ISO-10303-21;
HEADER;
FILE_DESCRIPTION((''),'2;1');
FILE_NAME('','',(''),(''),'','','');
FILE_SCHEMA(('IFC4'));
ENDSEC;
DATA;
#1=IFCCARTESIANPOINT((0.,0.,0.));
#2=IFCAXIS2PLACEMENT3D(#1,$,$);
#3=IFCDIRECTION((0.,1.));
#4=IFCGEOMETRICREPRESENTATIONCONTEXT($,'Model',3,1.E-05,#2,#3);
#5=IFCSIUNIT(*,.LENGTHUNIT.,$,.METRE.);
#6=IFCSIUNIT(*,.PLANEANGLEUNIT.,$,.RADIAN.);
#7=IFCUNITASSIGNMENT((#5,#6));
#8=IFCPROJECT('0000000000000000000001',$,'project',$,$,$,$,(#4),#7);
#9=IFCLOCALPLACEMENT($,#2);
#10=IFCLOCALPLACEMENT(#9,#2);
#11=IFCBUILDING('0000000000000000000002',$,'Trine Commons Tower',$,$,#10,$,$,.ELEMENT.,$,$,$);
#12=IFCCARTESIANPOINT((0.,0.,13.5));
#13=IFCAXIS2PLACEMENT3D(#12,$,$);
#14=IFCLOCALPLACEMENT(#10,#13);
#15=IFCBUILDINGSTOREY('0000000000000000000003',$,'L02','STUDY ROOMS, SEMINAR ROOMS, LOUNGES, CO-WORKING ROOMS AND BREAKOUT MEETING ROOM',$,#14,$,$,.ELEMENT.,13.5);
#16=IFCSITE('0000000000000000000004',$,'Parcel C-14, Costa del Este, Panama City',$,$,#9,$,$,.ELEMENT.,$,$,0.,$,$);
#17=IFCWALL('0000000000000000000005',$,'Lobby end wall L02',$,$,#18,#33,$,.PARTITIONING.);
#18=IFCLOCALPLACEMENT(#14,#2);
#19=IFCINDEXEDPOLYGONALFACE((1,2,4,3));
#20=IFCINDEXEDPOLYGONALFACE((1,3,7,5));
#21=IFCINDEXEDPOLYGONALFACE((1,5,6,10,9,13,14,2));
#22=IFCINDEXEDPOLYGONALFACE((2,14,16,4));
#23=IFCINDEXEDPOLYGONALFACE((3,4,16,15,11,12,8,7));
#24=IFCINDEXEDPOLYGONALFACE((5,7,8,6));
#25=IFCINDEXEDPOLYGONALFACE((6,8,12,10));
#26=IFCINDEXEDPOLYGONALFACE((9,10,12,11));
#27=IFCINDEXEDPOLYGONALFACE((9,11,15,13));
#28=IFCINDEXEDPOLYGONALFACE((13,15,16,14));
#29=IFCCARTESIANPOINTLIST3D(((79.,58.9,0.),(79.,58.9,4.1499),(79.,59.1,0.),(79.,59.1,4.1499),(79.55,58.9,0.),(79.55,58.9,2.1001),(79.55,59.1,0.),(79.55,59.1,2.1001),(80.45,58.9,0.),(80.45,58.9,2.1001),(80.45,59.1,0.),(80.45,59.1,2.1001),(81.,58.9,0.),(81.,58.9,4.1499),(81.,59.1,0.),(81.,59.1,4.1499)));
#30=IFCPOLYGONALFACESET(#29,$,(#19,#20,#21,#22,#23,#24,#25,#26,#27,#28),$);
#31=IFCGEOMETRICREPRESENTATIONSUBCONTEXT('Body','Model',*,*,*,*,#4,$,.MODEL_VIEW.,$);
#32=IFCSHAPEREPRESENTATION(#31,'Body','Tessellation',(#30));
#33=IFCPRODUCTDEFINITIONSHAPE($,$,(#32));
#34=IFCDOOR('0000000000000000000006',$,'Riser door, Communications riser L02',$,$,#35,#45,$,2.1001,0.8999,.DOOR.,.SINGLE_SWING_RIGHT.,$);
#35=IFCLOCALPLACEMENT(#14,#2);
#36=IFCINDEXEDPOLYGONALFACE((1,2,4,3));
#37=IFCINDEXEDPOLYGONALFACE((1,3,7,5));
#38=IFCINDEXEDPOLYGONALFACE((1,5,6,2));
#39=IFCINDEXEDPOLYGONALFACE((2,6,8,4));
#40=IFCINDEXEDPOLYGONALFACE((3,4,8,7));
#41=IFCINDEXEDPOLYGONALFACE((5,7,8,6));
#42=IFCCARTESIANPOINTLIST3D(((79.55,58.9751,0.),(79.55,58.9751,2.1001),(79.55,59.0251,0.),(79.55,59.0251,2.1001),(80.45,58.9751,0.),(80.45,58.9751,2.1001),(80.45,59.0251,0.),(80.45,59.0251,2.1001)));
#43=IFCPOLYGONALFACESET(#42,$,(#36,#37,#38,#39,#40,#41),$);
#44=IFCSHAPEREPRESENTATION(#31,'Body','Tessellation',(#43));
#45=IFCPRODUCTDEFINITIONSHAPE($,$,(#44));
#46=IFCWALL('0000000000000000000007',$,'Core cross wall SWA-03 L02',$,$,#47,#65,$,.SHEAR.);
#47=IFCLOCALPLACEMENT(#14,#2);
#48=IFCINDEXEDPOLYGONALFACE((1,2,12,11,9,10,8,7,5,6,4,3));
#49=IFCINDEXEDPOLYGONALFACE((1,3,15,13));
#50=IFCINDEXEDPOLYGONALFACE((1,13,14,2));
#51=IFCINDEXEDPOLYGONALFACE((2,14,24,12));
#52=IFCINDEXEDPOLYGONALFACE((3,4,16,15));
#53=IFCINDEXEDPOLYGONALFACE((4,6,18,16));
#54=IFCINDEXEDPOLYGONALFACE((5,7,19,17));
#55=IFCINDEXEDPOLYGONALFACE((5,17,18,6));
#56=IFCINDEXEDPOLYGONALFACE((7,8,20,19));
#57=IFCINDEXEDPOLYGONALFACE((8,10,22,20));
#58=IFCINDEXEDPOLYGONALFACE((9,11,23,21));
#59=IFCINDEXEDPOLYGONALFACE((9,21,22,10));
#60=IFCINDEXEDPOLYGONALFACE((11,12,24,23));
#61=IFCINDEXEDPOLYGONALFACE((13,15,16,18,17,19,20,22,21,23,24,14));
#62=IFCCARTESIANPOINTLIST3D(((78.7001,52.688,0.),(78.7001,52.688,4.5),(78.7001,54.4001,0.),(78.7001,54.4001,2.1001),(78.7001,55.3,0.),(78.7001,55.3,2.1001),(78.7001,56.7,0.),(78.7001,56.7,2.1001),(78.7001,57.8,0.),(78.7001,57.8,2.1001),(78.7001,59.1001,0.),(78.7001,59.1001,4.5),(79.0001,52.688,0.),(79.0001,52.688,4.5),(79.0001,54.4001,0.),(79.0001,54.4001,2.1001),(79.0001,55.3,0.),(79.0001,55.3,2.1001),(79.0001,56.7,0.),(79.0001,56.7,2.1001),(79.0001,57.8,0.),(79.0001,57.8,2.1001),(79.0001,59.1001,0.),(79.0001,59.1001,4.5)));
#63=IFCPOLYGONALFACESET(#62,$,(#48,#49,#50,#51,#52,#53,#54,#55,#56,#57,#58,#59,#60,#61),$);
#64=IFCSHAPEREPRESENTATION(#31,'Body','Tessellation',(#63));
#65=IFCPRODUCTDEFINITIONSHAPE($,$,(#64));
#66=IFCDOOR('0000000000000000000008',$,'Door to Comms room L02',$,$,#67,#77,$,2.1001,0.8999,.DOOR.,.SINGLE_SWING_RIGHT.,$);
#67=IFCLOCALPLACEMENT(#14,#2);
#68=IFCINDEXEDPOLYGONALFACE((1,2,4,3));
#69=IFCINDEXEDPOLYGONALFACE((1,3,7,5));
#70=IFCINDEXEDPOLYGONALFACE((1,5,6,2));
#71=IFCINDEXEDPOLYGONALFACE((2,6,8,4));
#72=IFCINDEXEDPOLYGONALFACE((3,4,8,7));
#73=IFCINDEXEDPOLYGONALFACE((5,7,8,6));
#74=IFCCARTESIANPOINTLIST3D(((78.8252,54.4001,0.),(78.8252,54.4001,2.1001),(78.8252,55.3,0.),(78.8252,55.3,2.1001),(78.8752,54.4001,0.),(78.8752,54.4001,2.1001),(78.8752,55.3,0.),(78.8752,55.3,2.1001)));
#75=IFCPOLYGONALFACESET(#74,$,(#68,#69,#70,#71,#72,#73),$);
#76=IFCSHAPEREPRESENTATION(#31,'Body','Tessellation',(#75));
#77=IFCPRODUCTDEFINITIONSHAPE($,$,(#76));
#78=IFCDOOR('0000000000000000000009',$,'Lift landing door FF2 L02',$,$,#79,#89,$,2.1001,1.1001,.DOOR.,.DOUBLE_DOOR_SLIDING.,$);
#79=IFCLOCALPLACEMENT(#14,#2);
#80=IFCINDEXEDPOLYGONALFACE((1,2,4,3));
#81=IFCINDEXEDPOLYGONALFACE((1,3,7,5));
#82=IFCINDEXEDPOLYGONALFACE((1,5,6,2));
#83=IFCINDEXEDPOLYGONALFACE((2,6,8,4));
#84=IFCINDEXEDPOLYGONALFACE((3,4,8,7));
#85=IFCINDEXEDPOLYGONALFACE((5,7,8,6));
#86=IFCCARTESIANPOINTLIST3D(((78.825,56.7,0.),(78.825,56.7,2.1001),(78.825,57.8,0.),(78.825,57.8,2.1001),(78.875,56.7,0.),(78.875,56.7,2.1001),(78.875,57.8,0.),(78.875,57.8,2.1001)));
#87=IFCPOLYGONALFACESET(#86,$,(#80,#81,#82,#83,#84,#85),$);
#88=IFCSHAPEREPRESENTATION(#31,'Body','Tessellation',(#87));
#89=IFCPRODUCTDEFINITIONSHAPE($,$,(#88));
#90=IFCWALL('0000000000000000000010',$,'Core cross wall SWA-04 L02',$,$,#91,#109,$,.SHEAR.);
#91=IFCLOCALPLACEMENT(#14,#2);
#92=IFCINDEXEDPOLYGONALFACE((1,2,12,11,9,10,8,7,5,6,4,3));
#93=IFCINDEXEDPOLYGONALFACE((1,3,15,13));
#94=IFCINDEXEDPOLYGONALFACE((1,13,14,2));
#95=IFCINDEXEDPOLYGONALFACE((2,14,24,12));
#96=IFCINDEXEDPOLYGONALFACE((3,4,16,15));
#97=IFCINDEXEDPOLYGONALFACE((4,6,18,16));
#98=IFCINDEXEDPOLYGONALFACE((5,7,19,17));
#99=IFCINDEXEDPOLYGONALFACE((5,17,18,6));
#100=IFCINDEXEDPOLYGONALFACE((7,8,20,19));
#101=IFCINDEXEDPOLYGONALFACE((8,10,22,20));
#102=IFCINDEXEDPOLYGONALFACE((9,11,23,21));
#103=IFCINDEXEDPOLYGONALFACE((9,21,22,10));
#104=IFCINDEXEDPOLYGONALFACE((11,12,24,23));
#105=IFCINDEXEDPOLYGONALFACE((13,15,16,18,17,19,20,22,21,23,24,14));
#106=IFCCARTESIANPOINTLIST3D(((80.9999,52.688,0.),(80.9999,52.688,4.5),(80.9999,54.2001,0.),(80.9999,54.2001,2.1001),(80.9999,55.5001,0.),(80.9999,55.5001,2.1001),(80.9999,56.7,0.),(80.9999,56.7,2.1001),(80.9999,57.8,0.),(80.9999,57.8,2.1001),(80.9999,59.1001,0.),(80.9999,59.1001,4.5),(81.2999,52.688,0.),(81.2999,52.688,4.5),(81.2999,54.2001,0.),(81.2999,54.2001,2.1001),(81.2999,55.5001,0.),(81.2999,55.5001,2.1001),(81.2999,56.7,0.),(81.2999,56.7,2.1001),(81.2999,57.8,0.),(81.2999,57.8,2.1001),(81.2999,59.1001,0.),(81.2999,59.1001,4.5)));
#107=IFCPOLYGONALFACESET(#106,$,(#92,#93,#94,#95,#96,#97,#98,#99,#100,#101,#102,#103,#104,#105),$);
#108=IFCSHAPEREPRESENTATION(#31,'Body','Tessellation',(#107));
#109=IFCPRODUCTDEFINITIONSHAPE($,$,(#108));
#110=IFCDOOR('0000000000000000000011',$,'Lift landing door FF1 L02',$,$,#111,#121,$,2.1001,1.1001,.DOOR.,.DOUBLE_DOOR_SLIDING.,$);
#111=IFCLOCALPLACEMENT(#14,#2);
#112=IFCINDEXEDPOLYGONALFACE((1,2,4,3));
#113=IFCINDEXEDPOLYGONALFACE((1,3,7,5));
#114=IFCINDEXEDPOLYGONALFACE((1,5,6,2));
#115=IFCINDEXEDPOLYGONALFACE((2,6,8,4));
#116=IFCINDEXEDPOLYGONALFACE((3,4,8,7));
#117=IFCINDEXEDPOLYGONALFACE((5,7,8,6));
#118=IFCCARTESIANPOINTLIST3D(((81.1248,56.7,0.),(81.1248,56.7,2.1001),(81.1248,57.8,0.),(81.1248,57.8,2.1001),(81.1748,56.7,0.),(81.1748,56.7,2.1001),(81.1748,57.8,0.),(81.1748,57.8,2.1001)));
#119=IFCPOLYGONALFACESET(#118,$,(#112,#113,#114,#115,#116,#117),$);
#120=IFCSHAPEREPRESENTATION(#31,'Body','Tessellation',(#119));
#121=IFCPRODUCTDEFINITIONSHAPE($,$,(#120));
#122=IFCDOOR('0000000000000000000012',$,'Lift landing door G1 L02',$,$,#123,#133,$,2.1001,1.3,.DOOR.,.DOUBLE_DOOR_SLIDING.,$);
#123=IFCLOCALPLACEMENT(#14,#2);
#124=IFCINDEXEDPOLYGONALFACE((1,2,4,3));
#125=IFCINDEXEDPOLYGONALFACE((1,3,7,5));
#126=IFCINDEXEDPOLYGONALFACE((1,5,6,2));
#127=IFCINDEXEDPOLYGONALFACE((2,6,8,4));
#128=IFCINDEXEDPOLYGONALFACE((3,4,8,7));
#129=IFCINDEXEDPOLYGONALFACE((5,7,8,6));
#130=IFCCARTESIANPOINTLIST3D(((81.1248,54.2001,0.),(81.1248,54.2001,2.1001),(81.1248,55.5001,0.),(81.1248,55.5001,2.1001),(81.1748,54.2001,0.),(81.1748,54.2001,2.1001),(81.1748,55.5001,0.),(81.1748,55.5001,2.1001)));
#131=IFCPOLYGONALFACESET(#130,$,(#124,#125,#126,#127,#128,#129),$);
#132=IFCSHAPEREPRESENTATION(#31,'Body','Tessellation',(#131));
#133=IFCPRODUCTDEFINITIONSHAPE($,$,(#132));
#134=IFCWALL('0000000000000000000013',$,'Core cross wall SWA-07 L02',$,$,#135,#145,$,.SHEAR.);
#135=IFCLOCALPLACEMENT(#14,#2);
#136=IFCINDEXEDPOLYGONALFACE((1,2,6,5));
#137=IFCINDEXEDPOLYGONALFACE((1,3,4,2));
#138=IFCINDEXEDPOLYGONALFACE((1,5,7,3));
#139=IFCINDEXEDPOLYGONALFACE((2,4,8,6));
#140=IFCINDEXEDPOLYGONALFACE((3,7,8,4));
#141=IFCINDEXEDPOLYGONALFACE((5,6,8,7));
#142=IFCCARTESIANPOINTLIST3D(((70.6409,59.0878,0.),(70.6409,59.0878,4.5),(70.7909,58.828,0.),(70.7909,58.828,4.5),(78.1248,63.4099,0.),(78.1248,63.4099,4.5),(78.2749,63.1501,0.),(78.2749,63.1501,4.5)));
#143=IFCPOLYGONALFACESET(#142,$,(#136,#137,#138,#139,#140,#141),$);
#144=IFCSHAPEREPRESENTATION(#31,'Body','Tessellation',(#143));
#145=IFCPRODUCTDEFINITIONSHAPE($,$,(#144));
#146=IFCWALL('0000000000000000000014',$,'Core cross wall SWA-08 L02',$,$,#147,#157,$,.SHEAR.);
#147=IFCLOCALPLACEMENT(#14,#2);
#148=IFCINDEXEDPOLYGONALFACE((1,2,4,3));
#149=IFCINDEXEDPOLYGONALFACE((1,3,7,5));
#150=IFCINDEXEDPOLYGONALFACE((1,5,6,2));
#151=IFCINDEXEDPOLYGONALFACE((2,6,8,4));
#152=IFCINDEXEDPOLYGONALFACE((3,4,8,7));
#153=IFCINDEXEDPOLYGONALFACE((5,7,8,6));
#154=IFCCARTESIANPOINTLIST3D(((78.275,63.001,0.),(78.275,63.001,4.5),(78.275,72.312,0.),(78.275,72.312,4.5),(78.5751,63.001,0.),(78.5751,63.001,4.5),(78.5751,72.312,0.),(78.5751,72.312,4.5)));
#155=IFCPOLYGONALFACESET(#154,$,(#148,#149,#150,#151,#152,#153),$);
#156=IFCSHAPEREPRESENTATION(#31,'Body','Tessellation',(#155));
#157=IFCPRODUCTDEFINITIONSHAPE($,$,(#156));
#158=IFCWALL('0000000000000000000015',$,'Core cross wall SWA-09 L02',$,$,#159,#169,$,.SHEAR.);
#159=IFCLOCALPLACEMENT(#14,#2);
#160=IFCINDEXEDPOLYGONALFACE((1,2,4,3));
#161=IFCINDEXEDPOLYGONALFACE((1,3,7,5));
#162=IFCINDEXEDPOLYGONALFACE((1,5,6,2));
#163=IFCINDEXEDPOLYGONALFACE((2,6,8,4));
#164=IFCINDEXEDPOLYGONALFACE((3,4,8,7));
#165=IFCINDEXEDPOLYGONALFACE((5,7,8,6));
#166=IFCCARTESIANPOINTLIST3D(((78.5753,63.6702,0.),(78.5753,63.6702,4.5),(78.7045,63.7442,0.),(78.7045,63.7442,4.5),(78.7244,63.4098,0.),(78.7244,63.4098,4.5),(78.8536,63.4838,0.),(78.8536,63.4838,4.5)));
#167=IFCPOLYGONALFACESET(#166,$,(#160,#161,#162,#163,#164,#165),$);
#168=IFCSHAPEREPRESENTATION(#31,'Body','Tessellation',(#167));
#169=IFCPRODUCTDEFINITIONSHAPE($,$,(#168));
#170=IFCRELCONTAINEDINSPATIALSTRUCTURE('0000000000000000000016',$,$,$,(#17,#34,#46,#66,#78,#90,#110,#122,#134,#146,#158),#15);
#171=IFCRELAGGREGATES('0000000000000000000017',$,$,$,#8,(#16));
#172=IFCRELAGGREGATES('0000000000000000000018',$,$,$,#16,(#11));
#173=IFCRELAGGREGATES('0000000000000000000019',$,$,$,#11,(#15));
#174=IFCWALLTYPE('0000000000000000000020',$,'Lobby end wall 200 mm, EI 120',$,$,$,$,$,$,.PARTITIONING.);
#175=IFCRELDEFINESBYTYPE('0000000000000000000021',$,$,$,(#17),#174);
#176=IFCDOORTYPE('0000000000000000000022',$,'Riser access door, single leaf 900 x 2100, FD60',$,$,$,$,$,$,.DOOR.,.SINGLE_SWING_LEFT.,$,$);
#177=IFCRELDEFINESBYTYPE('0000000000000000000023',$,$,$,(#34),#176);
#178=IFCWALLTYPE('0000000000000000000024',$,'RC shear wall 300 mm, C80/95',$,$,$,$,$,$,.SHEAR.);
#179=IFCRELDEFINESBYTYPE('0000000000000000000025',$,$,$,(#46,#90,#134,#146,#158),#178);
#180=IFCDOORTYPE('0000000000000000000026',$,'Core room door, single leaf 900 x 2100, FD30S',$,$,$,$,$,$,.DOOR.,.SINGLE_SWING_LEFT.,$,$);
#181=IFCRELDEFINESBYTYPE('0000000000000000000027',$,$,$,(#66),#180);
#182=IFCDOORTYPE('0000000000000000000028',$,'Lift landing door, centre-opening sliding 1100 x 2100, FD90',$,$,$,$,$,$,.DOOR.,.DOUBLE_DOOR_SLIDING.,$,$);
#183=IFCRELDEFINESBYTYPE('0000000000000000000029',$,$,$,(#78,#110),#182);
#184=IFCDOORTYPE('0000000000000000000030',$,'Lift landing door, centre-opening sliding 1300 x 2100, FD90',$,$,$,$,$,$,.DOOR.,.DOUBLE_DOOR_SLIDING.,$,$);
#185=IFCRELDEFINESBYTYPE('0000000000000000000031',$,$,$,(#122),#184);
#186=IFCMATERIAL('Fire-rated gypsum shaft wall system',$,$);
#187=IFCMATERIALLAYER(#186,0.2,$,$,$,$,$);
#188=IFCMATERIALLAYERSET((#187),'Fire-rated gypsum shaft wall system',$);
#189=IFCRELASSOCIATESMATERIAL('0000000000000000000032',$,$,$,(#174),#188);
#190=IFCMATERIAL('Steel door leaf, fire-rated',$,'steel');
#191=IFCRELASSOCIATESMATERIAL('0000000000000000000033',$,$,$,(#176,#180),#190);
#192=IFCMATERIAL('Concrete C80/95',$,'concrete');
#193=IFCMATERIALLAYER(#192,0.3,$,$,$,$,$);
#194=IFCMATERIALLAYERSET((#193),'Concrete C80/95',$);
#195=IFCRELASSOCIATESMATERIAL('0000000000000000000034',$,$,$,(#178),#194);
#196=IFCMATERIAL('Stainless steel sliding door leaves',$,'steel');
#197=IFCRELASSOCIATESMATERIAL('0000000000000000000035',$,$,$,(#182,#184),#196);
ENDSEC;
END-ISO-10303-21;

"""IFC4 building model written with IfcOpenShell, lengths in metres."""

from ifc_helpers import new_model, si_unit, direction, frame, frame_2d, origin, place, context, subcontext, project, spatial, rectangle, extrude, material, layer, layer_set, type_object, element, fill, save


model = new_model("IFC4")

# Units and contexts
model_context = context("Model", 3, precision=1e-05, world=origin(), true_north=direction((0.0, 1.0)))
body_context = subcontext(model_context, "Body", "Model", "MODEL_VIEW")
ifc_project = project(units=[si_unit("LENGTHUNIT", "METRE"), si_unit("PLANEANGLEUNIT", "RADIAN")], contexts=[model_context])

# Site, building, storey
site_placement = place(None, origin())
site = spatial("IfcSite", under=ifc_project, at=site_placement, Name="Parcel C-14, Costa del Este, Panama City", CompositionType="ELEMENT", RefElevation=0.0)
building_placement = place(site_placement, origin())
building = spatial("IfcBuilding", under=site, at=building_placement, Name="Trine Commons Tower", CompositionType="ELEMENT")
storey_placement = place(building_placement, frame((0.0, 0.0, 13.5)))
storey = spatial("IfcBuildingStorey", under=building, at=storey_placement, Name="L02", Description="STUDY ROOMS, SEMINAR ROOMS, LOUNGES, CO-WORKING ROOMS AND BREAKOUT MEETING ROOM", CompositionType="ELEMENT", Elevation=13.5)

# Wall, opening, door
ifc_material_1 = material(Name="Fire-rated gypsum shaft wall system")
ifc_layer_1 = layer(ifc_material_1, 0.2)
ifc_layer_set_1 = layer_set([ifc_layer_1], Name="Fire-rated gypsum shaft wall system")
wall_type_1 = type_object("IfcWallType", Name="Lobby end wall 200 mm, EI 120", PredefinedType="PARTITIONING", material=ifc_layer_set_1)
wall_1_placement = place(storey_placement, frame((79.0, 59.0, 0.0), z_axis=(0.0, 0.0, 1.0), x_axis=(1.0, 0.0, 0.0)))
wall_1 = element("IfcWall", 1, at=wall_1_placement, inside=storey, type_object=wall_type_1, Name="Lobby end wall L02", PredefinedType="PARTITIONING", context=body_context, shape_type="SweptSolid", body=[
    extrude(rectangle(XDim=2.0, YDim=0.2, at=frame_2d((1.0, 0.0))), origin(), (0.0, 0.0, 1.0), 4.1499),
])
opening_1_placement = place(wall_1_placement, frame((0.55, 0.0, 0.0)))
opening_1 = element("IfcOpeningElement", 2, at=opening_1_placement, cuts=wall_1, PredefinedType="OPENING", context=body_context, shape_type="SweptSolid", body=[
    extrude(rectangle(XDim=0.8999, YDim=2.1001, at=frame_2d((0.45, 1.05))), frame((0.0, 0.1099, 0.0), z_axis=(0.0, -1.0, 0.0), x_axis=(1.0, 0.0, 0.0)), (0.0, 0.0, 1.0), 0.22),
])
ifc_material_2 = material(Name="Steel door leaf, fire-rated", Category="steel")
door_type_1 = type_object("IfcDoorType", Name="Riser access door, single leaf 900 x 2100, FD60", OperationType="SINGLE_SWING_LEFT", PredefinedType="DOOR", material=ifc_material_2)
door_1_placement = place(opening_1_placement, frame((0.8999, 0.0, 0.0), z_axis=(0.0, 0.0, 1.0), x_axis=(-1.0, 0.0, 0.0)))
door_1 = element("IfcDoor", 3, at=door_1_placement, inside=storey, type_object=door_type_1, Name="Riser door, Communications riser L02", OperationType="SINGLE_SWING_RIGHT", OverallHeight=2.1001, OverallWidth=0.8999, PredefinedType="DOOR", context=body_context, shape_type="SweptSolid", body=[
    extrude(rectangle(XDim=0.8999, YDim=2.1001, at=frame_2d((0.45, 1.05))), frame((0.0, 0.0249, 0.0), z_axis=(0.0, -1.0, 0.0), x_axis=(1.0, 0.0, 0.0)), (0.0, 0.0, 1.0), 0.05),
])
fill(opening_1, door_1)

# Walls, openings, doors
ifc_material_3 = material(Name="Concrete C80/95", Category="concrete")
ifc_layer_2 = layer(ifc_material_3, 0.3)
ifc_layer_set_2 = layer_set([ifc_layer_2], Name="Concrete C80/95")
wall_type_2 = type_object("IfcWallType", Name="RC shear wall 300 mm, C80/95", PredefinedType="SHEAR", material=ifc_layer_set_2)
wall_2_placement = place(storey_placement, frame((78.8501, 59.1001, 0.0), z_axis=(0.0, 0.0, 1.0), x_axis=(0.0, -1.0, 0.0)))
wall_2 = element("IfcWall", 4, at=wall_2_placement, inside=storey, type_object=wall_type_2, Name="Core cross wall SWA-03 L02", PredefinedType="SHEAR", context=body_context, shape_type="SweptSolid", body=[
    extrude(rectangle(XDim=6.4121, YDim=0.3, at=frame_2d((3.2061, 0.0))), origin(), (0.0, 0.0, 1.0), 4.5),
])
opening_2_placement = place(wall_2_placement, frame((3.8, 0.0, 0.0)))
opening_2 = element("IfcOpeningElement", 5, at=opening_2_placement, cuts=wall_2, PredefinedType="OPENING", context=body_context, shape_type="SweptSolid", body=[
    extrude(rectangle(XDim=0.8999, YDim=2.1001, at=frame_2d((0.45, 1.05))), frame((0.0, 0.1599, 0.0), z_axis=(0.0, -1.0, 0.0), x_axis=(1.0, 0.0, 0.0)), (0.0, 0.0, 1.0), 0.3201),
])
opening_3_placement = place(wall_2_placement, frame((1.3, 0.0, 0.0)))
opening_3 = element("IfcOpeningElement", 6, at=opening_3_placement, cuts=wall_2, PredefinedType="OPENING", context=body_context, shape_type="SweptSolid", body=[
    extrude(rectangle(XDim=1.1001, YDim=2.1001, at=frame_2d((0.55, 1.05))), frame((0.0, 0.1599, 0.0), z_axis=(0.0, -1.0, 0.0), x_axis=(1.0, 0.0, 0.0)), (0.0, 0.0, 1.0), 0.3201),
])
door_type_2 = type_object("IfcDoorType", Name="Core room door, single leaf 900 x 2100, FD30S", OperationType="SINGLE_SWING_LEFT", PredefinedType="DOOR", material=ifc_material_2)
door_2_placement = place(opening_2_placement, frame((0.8999, 0.0, 0.0), z_axis=(0.0, 0.0, 1.0), x_axis=(-1.0, 0.0, 0.0)))
door_2 = element("IfcDoor", 7, at=door_2_placement, inside=storey, type_object=door_type_2, Name="Door to Comms room L02", OperationType="SINGLE_SWING_RIGHT", OverallHeight=2.1001, OverallWidth=0.8999, PredefinedType="DOOR", context=body_context, shape_type="SweptSolid", body=[
    extrude(rectangle(XDim=0.8999, YDim=2.1001, at=frame_2d((0.45, 1.05))), frame((0.0, 0.0249, 0.0), z_axis=(0.0, -1.0, 0.0), x_axis=(1.0, 0.0, 0.0)), (0.0, 0.0, 1.0), 0.05),
])
fill(opening_2, door_2)
ifc_material_4 = material(Name="Stainless steel sliding door leaves", Category="steel")
door_type_3 = type_object("IfcDoorType", Name="Lift landing door, centre-opening sliding 1100 x 2100, FD90", OperationType="DOUBLE_DOOR_SLIDING", PredefinedType="DOOR", material=ifc_material_4)
door_3_placement = place(opening_3_placement, origin())
door_3 = element("IfcDoor", 8, at=door_3_placement, inside=storey, type_object=door_type_3, Name="Lift landing door FF2 L02", OperationType="DOUBLE_DOOR_SLIDING", OverallHeight=2.1001, OverallWidth=1.1001, PredefinedType="DOOR", context=body_context, shape_type="SweptSolid", body=[
    extrude(rectangle(XDim=1.1001, YDim=2.1001, at=frame_2d((0.55, 1.05))), frame((0.0, 0.0249, 0.0), z_axis=(0.0, -1.0, 0.0), x_axis=(1.0, 0.0, 0.0)), (0.0, 0.0, 1.0), 0.05),
])
fill(opening_3, door_3)
wall_3_placement = place(storey_placement, frame((81.1499, 59.1001, 0.0), z_axis=(0.0, 0.0, 1.0), x_axis=(0.0, -1.0, 0.0)))
wall_3 = element("IfcWall", 9, at=wall_3_placement, inside=storey, type_object=wall_type_2, Name="Core cross wall SWA-04 L02", PredefinedType="SHEAR", context=body_context, shape_type="SweptSolid", body=[
    extrude(rectangle(XDim=6.4121, YDim=0.3, at=frame_2d((3.2061, 0.0))), origin(), (0.0, 0.0, 1.0), 4.5),
])
opening_4_placement = place(wall_3_placement, frame((3.6001, 0.0, 0.0)))
opening_4 = element("IfcOpeningElement", 10, at=opening_4_placement, cuts=wall_3, PredefinedType="OPENING", context=body_context, shape_type="SweptSolid", body=[
    extrude(rectangle(XDim=1.3, YDim=2.1001, at=frame_2d((0.6499, 1.05))), frame((0.0, 0.1599, 0.0), z_axis=(0.0, -1.0, 0.0), x_axis=(1.0, 0.0, 0.0)), (0.0, 0.0, 1.0), 0.3201),
])
opening_5_placement = place(wall_3_placement, frame((1.3, 0.0, 0.0)))
opening_5 = element("IfcOpeningElement", 11, at=opening_5_placement, cuts=wall_3, PredefinedType="OPENING", context=body_context, shape_type="SweptSolid", body=[
    extrude(rectangle(XDim=1.1001, YDim=2.1001, at=frame_2d((0.55, 1.05))), frame((0.0, 0.1599, 0.0), z_axis=(0.0, -1.0, 0.0), x_axis=(1.0, 0.0, 0.0)), (0.0, 0.0, 1.0), 0.3201),
])
door_4_placement = place(opening_5_placement, origin())
door_4 = element("IfcDoor", 12, at=door_4_placement, inside=storey, type_object=door_type_3, Name="Lift landing door FF1 L02", OperationType="DOUBLE_DOOR_SLIDING", OverallHeight=2.1001, OverallWidth=1.1001, PredefinedType="DOOR", context=body_context, shape_type="SweptSolid", body=[
    extrude(rectangle(XDim=1.1001, YDim=2.1001, at=frame_2d((0.55, 1.05))), frame((0.0, 0.0249, 0.0), z_axis=(0.0, -1.0, 0.0), x_axis=(1.0, 0.0, 0.0)), (0.0, 0.0, 1.0), 0.05),
])
fill(opening_5, door_4)
door_type_4 = type_object("IfcDoorType", Name="Lift landing door, centre-opening sliding 1300 x 2100, FD90", OperationType="DOUBLE_DOOR_SLIDING", PredefinedType="DOOR", material=ifc_material_4)
door_5_placement = place(opening_4_placement, origin())
door_5 = element("IfcDoor", 13, at=door_5_placement, inside=storey, type_object=door_type_4, Name="Lift landing door G1 L02", OperationType="DOUBLE_DOOR_SLIDING", OverallHeight=2.1001, OverallWidth=1.3, PredefinedType="DOOR", context=body_context, shape_type="SweptSolid", body=[
    extrude(rectangle(XDim=1.3, YDim=2.1001, at=frame_2d((0.6499, 1.05))), frame((0.0, 0.0249, 0.0), z_axis=(0.0, -1.0, 0.0), x_axis=(1.0, 0.0, 0.0)), (0.0, 0.0, 1.0), 0.05),
])
fill(opening_4, door_5)

# Walls
wall_4_placement = place(storey_placement, frame((78.2, 63.28, 0.0), z_axis=(0.0, 0.0, 1.0), x_axis=(-0.865965, -0.500104, 0.0)))
element("IfcWall", 14, at=wall_4_placement, inside=storey, type_object=wall_type_2, Name="Core cross wall SWA-07 L02", PredefinedType="SHEAR", context=body_context, shape_type="SweptSolid", body=[
    extrude(rectangle(XDim=8.6423, YDim=0.3, at=frame_2d((4.3213, 0.0))), origin(), (0.0, 0.0, 1.0), 4.5),
])
wall_5_placement = place(storey_placement, frame((78.425, 63.001, 0.0), z_axis=(0.0, 0.0, 1.0), x_axis=(0.0, 1.0, 0.0)))
element("IfcWall", 15, at=wall_5_placement, inside=storey, type_object=wall_type_2, Name="Core cross wall SWA-08 L02", PredefinedType="SHEAR", context=body_context, shape_type="SweptSolid", body=[
    extrude(rectangle(XDim=9.311, YDim=0.3, at=frame_2d((4.6555, 0.0))), origin(), (0.0, 0.0, 1.0), 4.5),
])
wall_6_placement = place(storey_placement, frame((78.7791, 63.614, 0.0), z_axis=(0.0, 0.0, 1.0), x_axis=(-0.867738, -0.497022, 0.0)))
element("IfcWall", 16, at=wall_6_placement, inside=storey, type_object=wall_type_2, Name="Core cross wall SWA-09 L02", PredefinedType="SHEAR", context=body_context, shape_type="SweptSolid", body=[
    extrude(rectangle(XDim=0.1489, YDim=0.3, at=frame_2d((0.0745, 0.0))), origin(), (0.0, 0.0, 1.0), 4.5),
])

save(model, "model.ifc")
